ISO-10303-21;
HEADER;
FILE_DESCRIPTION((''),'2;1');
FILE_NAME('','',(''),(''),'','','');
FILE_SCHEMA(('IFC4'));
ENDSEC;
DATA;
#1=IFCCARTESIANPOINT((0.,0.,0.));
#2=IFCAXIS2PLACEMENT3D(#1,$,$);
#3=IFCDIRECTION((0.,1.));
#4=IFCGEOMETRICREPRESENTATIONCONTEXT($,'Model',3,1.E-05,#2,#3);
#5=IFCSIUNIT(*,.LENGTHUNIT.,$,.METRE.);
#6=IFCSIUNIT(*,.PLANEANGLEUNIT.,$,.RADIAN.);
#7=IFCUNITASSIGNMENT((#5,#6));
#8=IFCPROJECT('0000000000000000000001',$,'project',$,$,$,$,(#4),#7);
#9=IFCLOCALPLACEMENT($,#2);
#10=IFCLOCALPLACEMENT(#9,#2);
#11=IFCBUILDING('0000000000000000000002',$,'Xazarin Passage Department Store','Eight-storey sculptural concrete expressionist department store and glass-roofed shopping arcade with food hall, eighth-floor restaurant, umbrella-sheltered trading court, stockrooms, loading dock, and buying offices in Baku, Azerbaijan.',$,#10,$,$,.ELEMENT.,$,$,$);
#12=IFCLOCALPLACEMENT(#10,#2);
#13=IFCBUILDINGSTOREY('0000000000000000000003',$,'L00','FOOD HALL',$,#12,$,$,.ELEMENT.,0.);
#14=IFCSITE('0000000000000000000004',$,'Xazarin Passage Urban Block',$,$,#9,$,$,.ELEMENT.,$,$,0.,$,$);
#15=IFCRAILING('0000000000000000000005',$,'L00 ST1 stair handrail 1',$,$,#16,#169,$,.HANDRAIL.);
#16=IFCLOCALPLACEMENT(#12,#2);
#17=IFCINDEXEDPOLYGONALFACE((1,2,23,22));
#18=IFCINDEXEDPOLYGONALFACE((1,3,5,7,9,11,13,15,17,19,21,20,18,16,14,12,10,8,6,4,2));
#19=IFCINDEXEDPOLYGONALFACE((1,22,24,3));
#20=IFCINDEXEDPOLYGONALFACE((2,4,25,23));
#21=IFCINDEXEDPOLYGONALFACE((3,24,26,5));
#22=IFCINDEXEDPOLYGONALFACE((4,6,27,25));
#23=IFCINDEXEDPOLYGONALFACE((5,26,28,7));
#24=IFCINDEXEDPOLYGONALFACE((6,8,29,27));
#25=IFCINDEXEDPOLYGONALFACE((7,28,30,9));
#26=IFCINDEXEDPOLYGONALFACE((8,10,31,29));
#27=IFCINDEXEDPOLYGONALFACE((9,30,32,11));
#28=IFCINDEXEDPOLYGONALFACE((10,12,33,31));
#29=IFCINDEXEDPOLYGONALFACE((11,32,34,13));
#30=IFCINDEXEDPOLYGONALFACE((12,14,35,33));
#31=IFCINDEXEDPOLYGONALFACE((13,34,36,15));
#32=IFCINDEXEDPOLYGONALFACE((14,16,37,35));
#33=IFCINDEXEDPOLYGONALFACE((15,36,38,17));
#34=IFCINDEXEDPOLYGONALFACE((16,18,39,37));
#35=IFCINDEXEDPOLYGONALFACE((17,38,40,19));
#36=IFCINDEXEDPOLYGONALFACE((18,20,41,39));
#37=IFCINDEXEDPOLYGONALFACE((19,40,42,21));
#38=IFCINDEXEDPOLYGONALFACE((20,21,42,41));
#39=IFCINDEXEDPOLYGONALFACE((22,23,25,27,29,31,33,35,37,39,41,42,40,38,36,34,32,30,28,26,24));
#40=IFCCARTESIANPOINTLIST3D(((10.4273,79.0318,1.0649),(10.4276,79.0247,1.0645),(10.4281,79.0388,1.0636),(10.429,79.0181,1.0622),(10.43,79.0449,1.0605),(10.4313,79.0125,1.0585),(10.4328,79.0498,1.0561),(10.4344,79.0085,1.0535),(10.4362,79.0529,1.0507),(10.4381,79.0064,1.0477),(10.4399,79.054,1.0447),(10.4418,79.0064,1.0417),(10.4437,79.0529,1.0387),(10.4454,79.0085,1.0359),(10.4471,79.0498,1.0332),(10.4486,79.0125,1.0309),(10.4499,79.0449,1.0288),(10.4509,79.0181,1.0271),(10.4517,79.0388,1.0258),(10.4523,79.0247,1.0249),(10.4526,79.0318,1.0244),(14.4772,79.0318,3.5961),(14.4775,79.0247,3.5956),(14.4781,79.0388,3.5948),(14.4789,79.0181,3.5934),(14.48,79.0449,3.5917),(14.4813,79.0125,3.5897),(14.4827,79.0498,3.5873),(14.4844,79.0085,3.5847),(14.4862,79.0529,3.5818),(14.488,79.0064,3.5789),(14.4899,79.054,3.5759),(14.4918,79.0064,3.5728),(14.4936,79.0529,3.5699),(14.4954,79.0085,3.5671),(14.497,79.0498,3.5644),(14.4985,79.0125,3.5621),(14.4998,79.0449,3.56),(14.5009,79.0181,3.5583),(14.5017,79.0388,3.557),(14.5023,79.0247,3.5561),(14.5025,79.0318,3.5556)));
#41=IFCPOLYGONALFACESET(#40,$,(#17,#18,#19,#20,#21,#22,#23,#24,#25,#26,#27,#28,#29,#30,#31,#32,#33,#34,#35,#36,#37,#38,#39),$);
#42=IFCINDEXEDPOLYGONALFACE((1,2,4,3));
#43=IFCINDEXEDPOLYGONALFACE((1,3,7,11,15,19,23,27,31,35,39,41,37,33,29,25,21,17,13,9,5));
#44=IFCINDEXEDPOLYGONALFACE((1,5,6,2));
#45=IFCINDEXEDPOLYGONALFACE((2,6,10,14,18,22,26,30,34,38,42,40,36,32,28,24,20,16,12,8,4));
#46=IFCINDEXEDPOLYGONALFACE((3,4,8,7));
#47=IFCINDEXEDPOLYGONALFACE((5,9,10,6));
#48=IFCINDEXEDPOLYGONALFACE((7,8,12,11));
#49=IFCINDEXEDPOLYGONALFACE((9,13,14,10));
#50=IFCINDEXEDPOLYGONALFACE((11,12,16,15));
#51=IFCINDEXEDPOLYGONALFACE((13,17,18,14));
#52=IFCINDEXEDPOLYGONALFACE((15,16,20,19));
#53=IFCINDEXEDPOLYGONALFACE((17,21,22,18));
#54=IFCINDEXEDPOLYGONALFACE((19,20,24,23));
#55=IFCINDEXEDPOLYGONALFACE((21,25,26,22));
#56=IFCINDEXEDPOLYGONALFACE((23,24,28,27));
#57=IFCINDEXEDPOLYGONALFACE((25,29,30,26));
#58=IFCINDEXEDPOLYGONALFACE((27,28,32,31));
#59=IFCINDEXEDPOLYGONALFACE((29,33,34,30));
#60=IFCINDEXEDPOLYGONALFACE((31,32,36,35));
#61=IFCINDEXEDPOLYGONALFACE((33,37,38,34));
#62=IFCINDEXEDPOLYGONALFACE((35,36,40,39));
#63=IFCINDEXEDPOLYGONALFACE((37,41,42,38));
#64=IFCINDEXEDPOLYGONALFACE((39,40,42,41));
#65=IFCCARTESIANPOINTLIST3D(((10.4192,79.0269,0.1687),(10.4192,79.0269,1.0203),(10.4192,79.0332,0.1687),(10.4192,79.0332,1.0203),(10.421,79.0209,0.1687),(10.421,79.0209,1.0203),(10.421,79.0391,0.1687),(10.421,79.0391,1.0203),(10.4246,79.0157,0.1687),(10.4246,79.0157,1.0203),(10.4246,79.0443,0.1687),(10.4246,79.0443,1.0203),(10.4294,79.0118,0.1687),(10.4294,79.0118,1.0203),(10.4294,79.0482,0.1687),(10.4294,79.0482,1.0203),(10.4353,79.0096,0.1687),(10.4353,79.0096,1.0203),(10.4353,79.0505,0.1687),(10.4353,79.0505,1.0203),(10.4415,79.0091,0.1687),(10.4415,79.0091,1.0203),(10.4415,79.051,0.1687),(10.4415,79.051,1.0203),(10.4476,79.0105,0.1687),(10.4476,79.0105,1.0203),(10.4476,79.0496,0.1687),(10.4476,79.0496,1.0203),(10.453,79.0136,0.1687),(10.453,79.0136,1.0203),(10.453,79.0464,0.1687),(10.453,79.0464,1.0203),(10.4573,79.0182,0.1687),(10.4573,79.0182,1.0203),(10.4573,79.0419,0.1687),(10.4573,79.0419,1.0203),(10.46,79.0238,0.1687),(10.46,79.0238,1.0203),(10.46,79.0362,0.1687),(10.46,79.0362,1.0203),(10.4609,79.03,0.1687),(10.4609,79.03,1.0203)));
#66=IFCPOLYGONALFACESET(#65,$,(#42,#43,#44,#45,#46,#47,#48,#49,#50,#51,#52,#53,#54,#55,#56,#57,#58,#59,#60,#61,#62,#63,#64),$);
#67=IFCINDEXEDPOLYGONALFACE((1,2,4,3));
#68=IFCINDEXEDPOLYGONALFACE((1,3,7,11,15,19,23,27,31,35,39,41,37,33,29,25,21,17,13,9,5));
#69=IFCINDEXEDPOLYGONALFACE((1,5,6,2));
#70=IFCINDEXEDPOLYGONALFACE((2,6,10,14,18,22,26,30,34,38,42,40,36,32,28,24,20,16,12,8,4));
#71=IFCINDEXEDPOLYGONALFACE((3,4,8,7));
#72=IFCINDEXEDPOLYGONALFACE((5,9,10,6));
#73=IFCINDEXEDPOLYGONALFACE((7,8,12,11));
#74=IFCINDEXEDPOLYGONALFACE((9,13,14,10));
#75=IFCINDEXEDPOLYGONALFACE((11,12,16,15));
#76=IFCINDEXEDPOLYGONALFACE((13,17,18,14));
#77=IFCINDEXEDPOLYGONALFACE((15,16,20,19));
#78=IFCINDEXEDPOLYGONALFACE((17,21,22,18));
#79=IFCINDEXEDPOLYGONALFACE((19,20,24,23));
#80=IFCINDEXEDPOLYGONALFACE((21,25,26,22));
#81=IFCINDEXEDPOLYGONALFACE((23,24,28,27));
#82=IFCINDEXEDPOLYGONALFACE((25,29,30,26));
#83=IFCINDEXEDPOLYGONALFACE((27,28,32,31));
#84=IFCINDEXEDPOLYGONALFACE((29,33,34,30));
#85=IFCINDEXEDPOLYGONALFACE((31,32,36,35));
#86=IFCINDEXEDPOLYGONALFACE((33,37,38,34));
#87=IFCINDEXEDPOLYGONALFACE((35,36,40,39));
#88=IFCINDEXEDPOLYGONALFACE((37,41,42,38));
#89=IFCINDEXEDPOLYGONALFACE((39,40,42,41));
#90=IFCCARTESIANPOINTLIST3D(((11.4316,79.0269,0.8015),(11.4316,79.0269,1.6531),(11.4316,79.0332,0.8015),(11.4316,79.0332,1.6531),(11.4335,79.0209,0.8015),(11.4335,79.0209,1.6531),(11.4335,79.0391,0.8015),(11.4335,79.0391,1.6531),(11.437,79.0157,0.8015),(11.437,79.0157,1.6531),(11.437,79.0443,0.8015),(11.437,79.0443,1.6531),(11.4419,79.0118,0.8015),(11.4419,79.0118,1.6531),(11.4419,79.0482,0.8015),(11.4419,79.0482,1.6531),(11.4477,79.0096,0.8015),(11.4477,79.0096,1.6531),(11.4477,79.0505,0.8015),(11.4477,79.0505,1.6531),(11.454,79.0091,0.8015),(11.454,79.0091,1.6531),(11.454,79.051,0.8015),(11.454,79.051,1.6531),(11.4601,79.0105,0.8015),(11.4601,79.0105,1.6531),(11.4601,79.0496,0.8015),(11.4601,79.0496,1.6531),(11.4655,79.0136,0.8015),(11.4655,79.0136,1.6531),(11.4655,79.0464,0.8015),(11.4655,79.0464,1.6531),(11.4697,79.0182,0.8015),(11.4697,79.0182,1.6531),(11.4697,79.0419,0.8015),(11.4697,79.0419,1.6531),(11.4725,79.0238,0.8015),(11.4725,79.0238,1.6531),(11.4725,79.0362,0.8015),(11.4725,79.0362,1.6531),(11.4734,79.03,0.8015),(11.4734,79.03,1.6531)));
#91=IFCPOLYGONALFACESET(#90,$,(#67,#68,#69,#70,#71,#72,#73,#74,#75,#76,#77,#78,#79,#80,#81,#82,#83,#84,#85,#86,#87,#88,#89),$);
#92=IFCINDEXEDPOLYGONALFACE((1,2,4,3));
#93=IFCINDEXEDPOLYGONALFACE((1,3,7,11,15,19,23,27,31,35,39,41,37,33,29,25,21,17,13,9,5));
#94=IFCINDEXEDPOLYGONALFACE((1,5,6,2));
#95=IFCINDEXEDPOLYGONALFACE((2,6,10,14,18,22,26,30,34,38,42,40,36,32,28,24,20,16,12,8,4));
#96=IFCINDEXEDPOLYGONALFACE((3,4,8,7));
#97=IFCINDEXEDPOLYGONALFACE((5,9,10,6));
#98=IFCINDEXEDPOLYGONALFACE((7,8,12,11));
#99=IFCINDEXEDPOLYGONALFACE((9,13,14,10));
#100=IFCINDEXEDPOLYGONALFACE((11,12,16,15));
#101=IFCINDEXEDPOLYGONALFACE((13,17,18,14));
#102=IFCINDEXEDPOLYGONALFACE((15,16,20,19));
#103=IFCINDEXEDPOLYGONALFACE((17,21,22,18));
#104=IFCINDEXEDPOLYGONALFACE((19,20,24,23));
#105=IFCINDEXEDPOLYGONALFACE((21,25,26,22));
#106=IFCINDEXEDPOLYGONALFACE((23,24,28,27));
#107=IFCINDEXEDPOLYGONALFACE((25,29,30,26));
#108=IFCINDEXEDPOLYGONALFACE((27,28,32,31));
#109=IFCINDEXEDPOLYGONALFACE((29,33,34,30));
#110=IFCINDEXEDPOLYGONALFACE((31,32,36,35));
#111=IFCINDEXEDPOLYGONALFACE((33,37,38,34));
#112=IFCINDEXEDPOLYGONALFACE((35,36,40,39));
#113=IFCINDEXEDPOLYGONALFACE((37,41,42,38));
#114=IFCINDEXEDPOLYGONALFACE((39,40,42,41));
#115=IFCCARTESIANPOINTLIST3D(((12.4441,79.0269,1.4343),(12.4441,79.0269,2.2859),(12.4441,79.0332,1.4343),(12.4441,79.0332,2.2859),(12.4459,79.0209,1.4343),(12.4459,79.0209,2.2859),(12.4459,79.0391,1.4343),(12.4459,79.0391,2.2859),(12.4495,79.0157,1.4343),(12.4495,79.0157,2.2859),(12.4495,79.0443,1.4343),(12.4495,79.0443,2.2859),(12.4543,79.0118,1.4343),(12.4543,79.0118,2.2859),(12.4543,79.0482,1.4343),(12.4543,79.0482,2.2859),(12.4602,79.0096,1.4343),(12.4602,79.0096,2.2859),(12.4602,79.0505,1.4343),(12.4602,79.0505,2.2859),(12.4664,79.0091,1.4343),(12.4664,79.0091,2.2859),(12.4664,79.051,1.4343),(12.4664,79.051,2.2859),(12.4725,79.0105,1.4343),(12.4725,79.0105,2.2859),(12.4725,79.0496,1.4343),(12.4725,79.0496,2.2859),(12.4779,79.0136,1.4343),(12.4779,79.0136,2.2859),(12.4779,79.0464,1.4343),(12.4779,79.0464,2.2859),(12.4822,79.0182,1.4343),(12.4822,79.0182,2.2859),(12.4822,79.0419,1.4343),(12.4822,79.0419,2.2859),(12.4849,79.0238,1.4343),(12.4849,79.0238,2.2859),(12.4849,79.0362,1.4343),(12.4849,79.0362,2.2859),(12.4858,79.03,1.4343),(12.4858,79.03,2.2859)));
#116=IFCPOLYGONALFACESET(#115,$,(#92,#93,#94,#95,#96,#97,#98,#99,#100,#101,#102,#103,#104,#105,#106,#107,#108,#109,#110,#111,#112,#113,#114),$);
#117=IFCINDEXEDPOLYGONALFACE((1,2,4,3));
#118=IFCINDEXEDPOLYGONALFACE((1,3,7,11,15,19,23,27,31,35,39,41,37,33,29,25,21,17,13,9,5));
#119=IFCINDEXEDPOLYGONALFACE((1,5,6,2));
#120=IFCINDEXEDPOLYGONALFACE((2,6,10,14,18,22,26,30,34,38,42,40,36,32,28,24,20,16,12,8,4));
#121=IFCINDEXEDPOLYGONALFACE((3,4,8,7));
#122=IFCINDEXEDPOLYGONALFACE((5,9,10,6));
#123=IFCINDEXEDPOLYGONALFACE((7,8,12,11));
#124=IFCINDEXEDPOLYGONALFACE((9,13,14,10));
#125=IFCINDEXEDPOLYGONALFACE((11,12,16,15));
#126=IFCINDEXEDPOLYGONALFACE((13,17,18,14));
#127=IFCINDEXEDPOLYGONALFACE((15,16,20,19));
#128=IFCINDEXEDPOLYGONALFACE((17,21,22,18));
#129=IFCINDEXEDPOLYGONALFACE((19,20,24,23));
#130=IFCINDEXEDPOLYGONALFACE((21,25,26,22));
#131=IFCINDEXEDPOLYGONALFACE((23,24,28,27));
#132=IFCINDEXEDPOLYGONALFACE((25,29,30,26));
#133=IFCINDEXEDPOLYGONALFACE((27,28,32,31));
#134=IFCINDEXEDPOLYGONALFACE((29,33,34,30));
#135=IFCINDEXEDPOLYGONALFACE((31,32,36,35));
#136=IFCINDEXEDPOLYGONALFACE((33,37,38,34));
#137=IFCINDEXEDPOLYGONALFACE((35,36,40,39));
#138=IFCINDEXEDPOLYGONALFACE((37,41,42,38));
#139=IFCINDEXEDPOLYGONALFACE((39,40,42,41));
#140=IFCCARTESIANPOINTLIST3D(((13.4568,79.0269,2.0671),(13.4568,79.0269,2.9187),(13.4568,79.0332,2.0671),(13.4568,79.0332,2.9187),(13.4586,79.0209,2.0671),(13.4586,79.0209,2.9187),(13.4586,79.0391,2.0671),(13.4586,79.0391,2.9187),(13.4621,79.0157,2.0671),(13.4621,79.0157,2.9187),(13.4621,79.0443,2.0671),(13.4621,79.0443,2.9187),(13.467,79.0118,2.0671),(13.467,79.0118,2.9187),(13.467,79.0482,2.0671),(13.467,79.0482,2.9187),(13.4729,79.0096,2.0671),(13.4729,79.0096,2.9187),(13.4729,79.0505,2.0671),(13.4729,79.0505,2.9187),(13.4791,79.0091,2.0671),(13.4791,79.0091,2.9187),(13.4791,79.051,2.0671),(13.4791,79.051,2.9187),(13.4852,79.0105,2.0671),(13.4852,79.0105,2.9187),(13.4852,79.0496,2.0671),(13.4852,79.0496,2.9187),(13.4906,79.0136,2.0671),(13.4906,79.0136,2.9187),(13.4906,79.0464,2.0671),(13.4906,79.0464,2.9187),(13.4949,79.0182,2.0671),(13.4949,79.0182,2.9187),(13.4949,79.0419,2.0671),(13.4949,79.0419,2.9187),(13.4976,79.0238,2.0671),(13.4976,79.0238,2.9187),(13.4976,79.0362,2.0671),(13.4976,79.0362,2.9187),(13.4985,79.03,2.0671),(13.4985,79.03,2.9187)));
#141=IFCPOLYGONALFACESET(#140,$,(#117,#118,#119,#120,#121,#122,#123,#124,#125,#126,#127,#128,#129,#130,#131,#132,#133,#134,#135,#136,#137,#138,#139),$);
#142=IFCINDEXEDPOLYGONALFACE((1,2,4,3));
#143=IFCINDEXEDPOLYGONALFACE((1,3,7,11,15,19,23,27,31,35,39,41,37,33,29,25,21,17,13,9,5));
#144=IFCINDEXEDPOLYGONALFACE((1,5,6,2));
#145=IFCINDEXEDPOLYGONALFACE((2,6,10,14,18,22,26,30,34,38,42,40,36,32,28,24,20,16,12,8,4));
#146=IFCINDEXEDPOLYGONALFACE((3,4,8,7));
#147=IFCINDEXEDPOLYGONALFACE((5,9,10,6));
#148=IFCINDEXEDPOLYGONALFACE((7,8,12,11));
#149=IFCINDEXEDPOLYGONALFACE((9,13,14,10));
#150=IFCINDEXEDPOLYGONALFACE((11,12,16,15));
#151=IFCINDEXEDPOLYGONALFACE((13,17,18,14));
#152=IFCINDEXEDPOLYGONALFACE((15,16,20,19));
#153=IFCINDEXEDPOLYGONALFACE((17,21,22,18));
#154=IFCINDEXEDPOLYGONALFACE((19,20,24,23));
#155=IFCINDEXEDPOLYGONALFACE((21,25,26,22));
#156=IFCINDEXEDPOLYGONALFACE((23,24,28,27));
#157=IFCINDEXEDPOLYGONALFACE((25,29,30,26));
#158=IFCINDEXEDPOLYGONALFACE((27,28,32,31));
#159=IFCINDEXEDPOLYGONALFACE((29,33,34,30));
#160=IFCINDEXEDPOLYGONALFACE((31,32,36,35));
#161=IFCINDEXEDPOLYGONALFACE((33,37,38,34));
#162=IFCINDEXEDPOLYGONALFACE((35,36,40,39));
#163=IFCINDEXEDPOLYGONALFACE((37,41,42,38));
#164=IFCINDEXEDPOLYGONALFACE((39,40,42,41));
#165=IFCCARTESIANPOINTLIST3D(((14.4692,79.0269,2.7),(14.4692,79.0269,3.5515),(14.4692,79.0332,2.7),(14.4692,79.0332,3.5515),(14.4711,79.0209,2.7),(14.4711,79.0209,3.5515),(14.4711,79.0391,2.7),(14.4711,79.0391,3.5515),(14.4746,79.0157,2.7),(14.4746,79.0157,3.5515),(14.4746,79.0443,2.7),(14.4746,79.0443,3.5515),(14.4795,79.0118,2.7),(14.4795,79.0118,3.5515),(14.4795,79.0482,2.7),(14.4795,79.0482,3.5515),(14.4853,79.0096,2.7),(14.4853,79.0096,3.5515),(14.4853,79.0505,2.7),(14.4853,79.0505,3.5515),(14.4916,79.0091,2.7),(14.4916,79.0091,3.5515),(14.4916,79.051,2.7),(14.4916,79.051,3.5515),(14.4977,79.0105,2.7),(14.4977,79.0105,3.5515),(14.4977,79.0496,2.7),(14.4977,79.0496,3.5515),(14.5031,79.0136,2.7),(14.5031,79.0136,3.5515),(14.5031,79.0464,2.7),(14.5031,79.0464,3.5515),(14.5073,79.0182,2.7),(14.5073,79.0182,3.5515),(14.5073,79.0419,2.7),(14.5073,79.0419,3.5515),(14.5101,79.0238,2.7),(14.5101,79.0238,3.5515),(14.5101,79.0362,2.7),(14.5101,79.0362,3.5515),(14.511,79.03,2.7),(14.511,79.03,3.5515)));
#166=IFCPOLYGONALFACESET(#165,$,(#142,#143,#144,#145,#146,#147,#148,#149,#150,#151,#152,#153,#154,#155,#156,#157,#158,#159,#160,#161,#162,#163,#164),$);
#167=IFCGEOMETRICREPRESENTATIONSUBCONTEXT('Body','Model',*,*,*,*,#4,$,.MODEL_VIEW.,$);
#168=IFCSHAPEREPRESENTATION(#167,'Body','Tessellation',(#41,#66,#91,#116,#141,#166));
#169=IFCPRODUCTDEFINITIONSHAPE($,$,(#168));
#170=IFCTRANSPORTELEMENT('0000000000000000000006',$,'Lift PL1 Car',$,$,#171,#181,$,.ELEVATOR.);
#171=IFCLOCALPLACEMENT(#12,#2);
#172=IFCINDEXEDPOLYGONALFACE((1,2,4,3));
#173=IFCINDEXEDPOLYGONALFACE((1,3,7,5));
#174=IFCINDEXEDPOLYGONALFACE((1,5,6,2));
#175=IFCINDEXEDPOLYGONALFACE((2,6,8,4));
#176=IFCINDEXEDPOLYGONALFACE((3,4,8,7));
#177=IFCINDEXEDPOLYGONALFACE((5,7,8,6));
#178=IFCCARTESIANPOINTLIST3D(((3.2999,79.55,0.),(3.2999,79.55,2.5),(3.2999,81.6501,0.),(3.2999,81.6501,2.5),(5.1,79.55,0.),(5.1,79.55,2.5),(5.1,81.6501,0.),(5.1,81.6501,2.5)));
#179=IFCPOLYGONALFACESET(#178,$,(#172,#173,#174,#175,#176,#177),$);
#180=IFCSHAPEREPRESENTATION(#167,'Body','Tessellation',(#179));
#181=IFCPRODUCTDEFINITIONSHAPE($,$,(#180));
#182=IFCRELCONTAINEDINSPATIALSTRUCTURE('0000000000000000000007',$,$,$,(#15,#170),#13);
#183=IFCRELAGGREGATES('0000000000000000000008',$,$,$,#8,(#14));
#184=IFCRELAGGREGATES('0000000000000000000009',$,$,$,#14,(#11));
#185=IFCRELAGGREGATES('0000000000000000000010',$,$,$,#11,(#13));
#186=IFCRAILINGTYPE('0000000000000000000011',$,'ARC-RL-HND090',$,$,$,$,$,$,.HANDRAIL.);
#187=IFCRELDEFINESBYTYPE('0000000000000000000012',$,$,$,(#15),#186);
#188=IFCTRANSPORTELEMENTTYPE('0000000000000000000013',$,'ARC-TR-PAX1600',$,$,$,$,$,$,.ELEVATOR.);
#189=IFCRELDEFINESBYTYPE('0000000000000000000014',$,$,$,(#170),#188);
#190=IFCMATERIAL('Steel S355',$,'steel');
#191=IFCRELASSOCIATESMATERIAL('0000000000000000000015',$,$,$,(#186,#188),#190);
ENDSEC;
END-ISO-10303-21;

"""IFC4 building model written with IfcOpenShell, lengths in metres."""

from ifc_helpers import new_model, si_unit, direction, frame, origin, origin_2d, place, context, subcontext, project, spatial, rectangle, circle, extrude, material, type_object, element, save


model = new_model("IFC4")

# Units and contexts
model_context = context("Model", 3, precision=1e-05, world=origin(), true_north=direction((0.0, 1.0)))
body_context = subcontext(model_context, "Body", "Model", "MODEL_VIEW")
ifc_project = project(units=[si_unit("LENGTHUNIT", "METRE"), si_unit("PLANEANGLEUNIT", "RADIAN")], contexts=[model_context])

# Site, building, storey
site_placement = place(None, origin())
site = spatial("IfcSite", under=ifc_project, at=site_placement, Name="Xazarin Passage Urban Block", CompositionType="ELEMENT", RefElevation=0.0)
building_placement = place(site_placement, origin())
building = spatial("IfcBuilding", under=site, at=building_placement, Name="Xazarin Passage Department Store", Description="Eight-storey sculptural concrete expressionist department store and glass-roofed shopping arcade with food hall, eighth-floor restaurant, umbrella-sheltered trading court, stockrooms, loading dock, and buying offices in Baku, Azerbaijan.", CompositionType="ELEMENT")
storey_placement = place(building_placement, origin())
storey = spatial("IfcBuildingStorey", under=building, at=storey_placement, Name="L00", Description="FOOD HALL", CompositionType="ELEMENT", Elevation=0.0)

# Shared definitions
ifc_material_1 = material(Name="Steel S355", Category="steel")

# Railing
railing_type_1 = type_object("IfcRailingType", Name="ARC-RL-HND090", PredefinedType="HANDRAIL", material=ifc_material_1)
railing_1_placement = place(storey_placement, frame((10.4399, 79.03, 0.1687)))
element("IfcRailing", 1, at=railing_1_placement, inside=storey, type_object=railing_type_1, Name="L00 ST1 stair handrail 1", PredefinedType="HANDRAIL", context=body_context, shape_type="SweptSolid", body=[
    extrude(circle(Radius=0.0239, at=origin_2d()), frame((0.0, 0.0, 0.876), z_axis=(0.848001, 0.0, 0.529994), x_axis=(0.0, 1.0, 0.0)), (0.0, 0.0, 1.0), 4.7759),
    extrude(circle(Radius=0.021, at=origin_2d()), origin(), (0.0, 0.0, 1.0), 0.8516),
    extrude(circle(Radius=0.021, at=origin_2d()), frame((1.0125, 0.0, 0.6328)), (0.0, 0.0, 1.0), 0.8516),
    extrude(circle(Radius=0.021, at=origin_2d()), frame((2.0249, 0.0, 1.2656)), (0.0, 0.0, 1.0), 0.8516),
    extrude(circle(Radius=0.021, at=origin_2d()), frame((3.0376, 0.0, 1.8984)), (0.0, 0.0, 1.0), 0.8516),
    extrude(circle(Radius=0.021, at=origin_2d()), frame((4.05, 0.0, 2.5312)), (0.0, 0.0, 1.0), 0.8516),
])

# Transport element
transport_element_type = type_object("IfcTransportElementType", Name="ARC-TR-PAX1600", PredefinedType="ELEVATOR", material=ifc_material_1)
transport_element_placement = place(storey_placement, frame((4.2, 80.6001, 0.0), z_axis=(0.0, 0.0, 1.0), x_axis=(1.0, 0.0, 0.0)))
element("IfcTransportElement", 2, at=transport_element_placement, inside=storey, type_object=transport_element_type, Name="Lift PL1 Car", PredefinedType="ELEVATOR", context=body_context, shape_type="SweptSolid", body=[
    extrude(rectangle(XDim=1.8, YDim=2.1001, at=origin_2d()), origin(), (0.0, 0.0, 1.0), 2.5),
])

save(model, "model.ifc")
